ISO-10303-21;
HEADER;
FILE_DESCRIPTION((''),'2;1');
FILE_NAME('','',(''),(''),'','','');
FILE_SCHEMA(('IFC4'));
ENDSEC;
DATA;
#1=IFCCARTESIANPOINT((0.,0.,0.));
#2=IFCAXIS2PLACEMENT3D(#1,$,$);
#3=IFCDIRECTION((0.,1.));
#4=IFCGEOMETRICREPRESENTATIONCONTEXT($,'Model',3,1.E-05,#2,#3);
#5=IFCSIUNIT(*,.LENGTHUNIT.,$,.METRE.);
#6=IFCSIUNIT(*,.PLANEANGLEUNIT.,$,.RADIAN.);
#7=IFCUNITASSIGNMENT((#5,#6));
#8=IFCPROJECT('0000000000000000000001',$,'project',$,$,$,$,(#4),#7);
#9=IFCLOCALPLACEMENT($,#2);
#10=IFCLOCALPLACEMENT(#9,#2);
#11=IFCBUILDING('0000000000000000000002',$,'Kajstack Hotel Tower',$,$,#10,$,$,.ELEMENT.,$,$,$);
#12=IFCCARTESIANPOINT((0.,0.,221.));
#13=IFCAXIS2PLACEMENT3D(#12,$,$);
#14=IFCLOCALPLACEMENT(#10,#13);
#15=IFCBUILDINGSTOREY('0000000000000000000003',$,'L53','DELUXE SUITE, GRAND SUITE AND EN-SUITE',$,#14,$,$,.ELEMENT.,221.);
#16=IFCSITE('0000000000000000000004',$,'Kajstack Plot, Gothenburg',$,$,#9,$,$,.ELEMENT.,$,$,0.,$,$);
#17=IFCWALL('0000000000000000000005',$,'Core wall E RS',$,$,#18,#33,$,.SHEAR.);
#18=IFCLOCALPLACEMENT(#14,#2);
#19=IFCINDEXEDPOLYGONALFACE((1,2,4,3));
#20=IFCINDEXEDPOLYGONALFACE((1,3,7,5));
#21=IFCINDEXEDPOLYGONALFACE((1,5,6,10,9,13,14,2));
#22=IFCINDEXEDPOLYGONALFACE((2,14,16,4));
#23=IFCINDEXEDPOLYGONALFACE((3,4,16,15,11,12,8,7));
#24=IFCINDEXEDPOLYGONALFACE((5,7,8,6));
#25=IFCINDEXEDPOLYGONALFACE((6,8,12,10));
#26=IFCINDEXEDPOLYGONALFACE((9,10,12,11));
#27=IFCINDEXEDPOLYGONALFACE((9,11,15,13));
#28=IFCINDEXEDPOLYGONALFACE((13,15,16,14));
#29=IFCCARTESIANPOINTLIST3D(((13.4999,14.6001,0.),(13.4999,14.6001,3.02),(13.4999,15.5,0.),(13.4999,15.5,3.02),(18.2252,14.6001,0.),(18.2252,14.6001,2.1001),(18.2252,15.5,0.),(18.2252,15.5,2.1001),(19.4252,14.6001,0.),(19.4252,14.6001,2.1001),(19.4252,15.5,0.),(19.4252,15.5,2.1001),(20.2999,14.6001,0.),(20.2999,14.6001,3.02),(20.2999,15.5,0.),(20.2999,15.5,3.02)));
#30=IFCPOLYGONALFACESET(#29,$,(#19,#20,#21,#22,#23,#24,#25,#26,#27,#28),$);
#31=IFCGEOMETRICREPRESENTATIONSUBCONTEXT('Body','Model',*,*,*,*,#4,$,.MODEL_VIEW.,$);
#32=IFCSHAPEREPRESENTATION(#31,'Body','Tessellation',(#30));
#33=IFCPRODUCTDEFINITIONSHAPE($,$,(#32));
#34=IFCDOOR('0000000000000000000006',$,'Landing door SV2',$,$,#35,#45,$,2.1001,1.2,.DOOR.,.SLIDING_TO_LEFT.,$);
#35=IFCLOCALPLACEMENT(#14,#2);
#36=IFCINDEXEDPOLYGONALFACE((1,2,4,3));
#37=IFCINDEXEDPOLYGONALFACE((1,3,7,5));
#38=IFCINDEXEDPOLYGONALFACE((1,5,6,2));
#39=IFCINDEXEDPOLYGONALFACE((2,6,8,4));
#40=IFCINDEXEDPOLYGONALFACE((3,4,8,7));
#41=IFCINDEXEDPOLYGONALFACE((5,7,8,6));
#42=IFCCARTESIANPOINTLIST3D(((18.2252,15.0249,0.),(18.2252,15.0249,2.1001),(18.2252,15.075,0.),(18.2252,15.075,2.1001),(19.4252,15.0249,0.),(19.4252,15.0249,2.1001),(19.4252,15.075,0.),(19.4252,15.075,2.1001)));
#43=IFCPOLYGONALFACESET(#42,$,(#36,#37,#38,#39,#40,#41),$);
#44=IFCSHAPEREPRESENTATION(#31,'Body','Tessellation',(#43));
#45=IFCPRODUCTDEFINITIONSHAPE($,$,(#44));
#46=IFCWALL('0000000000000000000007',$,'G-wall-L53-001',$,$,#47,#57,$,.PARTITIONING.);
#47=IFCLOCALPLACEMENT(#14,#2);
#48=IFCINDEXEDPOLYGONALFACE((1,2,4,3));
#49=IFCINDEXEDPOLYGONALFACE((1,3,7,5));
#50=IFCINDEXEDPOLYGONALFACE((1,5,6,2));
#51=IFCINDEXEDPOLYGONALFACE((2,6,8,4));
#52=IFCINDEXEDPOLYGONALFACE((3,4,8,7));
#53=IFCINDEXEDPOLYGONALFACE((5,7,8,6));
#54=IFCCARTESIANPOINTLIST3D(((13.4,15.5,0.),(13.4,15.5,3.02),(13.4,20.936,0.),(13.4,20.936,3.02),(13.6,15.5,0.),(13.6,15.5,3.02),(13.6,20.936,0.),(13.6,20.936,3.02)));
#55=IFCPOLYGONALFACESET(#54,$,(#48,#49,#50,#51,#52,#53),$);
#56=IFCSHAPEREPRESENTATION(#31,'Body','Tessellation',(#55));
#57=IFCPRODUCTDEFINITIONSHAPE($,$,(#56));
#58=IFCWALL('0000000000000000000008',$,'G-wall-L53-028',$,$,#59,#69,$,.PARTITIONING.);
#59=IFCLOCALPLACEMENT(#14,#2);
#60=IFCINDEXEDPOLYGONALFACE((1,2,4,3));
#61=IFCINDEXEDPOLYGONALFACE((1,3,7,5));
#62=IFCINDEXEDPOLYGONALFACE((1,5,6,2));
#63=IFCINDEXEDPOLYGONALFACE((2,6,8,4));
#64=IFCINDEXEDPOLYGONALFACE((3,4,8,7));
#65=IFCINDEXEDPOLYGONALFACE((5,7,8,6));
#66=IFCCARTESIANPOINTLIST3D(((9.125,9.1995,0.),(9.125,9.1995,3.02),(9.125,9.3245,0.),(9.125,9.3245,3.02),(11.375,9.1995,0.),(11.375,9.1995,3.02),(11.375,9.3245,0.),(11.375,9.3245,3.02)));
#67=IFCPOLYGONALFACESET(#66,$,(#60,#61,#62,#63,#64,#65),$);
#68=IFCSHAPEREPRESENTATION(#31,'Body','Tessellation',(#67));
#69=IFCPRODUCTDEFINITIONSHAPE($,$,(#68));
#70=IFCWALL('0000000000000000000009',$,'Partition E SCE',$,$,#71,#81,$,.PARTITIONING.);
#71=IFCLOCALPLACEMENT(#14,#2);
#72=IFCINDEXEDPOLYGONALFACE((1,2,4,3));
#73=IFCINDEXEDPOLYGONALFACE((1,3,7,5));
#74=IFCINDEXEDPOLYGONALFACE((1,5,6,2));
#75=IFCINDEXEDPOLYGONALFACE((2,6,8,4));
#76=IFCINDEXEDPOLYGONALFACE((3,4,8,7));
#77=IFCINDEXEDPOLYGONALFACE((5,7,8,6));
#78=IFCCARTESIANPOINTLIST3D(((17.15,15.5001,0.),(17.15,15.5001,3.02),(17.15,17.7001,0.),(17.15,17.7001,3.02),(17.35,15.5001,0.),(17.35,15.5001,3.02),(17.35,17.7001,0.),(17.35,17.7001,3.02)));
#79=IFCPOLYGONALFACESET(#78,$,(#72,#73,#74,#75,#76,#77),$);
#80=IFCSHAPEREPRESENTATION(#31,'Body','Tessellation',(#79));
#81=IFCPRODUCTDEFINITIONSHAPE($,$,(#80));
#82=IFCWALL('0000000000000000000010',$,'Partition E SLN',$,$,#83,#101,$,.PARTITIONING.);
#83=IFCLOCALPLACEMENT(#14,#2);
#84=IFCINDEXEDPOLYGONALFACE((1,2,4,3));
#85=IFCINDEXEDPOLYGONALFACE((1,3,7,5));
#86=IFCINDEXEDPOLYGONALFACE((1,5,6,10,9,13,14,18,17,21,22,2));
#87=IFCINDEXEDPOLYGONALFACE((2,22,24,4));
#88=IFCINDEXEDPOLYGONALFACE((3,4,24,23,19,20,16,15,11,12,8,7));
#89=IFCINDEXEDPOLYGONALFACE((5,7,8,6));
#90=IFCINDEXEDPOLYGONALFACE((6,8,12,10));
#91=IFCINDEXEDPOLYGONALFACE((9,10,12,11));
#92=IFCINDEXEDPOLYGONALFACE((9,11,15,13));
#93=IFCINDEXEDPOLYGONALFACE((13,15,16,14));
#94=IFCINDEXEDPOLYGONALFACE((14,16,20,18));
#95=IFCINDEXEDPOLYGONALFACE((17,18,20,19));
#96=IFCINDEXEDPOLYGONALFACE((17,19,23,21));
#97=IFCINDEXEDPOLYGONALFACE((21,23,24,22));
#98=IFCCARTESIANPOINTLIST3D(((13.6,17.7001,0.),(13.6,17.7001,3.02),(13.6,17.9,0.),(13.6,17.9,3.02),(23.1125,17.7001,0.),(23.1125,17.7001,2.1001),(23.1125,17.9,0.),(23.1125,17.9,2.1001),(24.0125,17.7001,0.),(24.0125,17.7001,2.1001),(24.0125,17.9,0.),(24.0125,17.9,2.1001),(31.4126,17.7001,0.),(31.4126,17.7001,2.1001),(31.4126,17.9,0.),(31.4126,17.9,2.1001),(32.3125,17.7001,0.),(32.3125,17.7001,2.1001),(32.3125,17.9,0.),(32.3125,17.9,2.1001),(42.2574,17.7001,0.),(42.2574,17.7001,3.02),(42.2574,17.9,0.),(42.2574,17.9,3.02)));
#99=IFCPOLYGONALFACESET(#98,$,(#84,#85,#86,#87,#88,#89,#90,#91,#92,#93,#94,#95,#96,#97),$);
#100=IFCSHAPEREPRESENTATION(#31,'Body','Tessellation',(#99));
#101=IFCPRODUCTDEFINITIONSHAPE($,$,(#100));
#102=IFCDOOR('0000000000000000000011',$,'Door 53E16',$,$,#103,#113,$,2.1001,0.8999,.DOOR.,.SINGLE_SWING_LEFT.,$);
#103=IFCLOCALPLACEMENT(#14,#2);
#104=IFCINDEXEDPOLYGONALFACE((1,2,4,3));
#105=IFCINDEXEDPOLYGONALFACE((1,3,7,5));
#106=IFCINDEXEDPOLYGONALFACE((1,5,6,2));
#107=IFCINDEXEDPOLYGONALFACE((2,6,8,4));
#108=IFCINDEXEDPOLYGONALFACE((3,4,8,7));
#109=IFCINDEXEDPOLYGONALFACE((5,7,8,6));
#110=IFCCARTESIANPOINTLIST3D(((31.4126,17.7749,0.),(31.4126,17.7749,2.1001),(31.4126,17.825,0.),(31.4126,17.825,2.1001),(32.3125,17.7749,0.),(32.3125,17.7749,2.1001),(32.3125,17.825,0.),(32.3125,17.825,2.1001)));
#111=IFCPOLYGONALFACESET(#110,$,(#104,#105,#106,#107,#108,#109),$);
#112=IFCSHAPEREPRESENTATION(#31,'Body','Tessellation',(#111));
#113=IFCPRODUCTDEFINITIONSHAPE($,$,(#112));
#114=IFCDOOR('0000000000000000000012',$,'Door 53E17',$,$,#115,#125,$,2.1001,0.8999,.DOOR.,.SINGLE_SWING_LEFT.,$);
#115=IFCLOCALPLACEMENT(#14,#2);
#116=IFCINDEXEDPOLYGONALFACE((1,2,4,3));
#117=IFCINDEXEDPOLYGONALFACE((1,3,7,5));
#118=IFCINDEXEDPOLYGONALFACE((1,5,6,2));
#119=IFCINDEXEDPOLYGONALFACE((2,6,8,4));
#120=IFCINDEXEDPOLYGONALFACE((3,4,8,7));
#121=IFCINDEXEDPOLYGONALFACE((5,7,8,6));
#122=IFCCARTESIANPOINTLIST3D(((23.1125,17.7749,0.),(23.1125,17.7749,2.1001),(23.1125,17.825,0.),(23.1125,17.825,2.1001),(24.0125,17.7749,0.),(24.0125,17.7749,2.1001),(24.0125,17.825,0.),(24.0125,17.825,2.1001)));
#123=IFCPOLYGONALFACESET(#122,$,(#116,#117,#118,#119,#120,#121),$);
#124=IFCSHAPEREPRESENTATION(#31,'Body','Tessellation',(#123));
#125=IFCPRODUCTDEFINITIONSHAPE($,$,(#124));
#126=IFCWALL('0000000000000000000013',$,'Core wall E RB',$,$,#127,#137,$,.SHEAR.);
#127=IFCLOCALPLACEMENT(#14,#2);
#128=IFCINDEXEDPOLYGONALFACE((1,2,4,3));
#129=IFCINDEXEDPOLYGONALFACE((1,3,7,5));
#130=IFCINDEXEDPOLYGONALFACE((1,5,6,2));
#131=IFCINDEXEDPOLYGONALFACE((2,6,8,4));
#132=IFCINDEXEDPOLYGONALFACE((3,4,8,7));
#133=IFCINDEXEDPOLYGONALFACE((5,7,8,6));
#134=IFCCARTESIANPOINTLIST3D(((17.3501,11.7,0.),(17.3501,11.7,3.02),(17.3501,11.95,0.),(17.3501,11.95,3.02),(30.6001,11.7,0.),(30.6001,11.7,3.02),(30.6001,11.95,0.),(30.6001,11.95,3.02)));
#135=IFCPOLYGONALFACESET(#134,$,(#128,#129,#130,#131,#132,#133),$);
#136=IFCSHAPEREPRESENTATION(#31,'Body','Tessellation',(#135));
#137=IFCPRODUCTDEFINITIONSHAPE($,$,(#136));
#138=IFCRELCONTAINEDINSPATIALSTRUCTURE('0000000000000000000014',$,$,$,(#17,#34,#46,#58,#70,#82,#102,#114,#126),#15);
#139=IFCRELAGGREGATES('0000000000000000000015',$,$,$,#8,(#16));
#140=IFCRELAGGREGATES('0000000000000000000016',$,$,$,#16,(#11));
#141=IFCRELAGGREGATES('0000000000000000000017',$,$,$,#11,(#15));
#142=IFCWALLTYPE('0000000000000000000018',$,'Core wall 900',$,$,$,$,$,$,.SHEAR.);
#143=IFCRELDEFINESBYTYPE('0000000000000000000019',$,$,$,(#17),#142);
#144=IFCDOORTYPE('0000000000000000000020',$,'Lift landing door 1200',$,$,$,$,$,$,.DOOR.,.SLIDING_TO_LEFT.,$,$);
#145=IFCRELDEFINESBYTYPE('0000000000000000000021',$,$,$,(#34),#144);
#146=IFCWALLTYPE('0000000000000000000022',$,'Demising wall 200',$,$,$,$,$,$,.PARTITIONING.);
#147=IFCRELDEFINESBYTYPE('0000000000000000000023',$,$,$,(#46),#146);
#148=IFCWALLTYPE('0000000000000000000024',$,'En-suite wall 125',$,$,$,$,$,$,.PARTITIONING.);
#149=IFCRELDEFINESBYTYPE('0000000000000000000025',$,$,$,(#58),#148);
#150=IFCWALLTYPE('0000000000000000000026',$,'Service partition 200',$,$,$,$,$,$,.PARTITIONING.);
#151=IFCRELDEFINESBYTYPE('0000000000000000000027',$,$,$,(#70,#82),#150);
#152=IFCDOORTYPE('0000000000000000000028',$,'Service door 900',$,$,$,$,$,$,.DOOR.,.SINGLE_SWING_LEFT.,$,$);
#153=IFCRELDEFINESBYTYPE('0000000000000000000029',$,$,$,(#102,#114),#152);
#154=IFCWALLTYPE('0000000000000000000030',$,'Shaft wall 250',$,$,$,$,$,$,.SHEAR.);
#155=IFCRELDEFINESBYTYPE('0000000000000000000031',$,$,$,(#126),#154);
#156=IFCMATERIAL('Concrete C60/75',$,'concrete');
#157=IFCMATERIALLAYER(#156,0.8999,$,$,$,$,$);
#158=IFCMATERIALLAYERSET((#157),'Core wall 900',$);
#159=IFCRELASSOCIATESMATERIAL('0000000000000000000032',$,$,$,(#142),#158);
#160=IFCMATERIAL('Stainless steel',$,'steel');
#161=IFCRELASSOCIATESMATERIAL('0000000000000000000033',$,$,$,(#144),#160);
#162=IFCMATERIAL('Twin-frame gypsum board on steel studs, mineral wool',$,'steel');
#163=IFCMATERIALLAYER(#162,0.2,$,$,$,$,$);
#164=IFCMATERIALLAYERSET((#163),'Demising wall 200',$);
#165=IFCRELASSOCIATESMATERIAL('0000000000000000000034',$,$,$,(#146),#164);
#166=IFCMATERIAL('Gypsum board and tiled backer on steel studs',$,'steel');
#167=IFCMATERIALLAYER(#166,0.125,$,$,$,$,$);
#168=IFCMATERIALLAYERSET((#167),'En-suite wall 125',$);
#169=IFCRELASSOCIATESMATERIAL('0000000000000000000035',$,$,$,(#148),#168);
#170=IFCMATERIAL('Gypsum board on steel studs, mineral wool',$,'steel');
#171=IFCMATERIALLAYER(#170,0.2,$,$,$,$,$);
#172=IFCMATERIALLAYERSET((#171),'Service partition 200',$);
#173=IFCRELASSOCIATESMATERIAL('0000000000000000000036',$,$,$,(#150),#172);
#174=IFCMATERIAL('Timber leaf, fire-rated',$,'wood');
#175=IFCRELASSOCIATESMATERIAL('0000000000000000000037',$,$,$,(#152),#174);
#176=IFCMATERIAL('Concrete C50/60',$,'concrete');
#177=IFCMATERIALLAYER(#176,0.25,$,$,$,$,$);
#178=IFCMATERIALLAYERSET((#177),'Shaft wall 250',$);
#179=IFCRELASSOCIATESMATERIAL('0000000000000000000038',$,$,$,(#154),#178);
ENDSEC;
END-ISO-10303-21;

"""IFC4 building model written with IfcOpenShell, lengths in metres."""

from ifc_helpers import new_model, si_unit, direction, frame, frame_2d, origin, place, context, subcontext, project, spatial, rectangle, extrude, material, layer, layer_set, type_object, element, fill, save


model = new_model("IFC4")

# Units and contexts
model_context = context("Model", 3, precision=1e-05, world=origin(), true_north=direction((0.0, 1.0)))
body_context = subcontext(model_context, "Body", "Model", "MODEL_VIEW")
ifc_project = project(units=[si_unit("LENGTHUNIT", "METRE"), si_unit("PLANEANGLEUNIT", "RADIAN")], contexts=[model_context])

# Site, building, storey
site_placement = place(None, origin())
site = spatial("IfcSite", under=ifc_project, at=site_placement, Name="Kajstack Plot, Gothenburg", CompositionType="ELEMENT", RefElevation=0.0)
building_placement = place(site_placement, origin())
building = spatial("IfcBuilding", under=site, at=building_placement, Name="Kajstack Hotel Tower", CompositionType="ELEMENT")
storey_placement = place(building_placement, frame((0.0, 0.0, 221.0)))
storey = spatial("IfcBuildingStorey", under=building, at=storey_placement, Name="L53", Description="DELUXE SUITE, GRAND SUITE AND EN-SUITE", CompositionType="ELEMENT", Elevation=221.0)

# Wall, opening, door
ifc_material_1 = material(Name="Concrete C60/75", Category="concrete")
ifc_layer_1 = layer(ifc_material_1, 0.8999)
ifc_layer_set_1 = layer_set([ifc_layer_1], Name="Core wall 900")
wall_type_1 = type_object("IfcWallType", Name="Core wall 900", PredefinedType="SHEAR", material=ifc_layer_set_1)
wall_1_placement = place(storey_placement, frame((13.5, 15.05, 0.0), z_axis=(0.0, 0.0, 1.0), x_axis=(1.0, 0.0, 0.0)))
wall_1 = element("IfcWall", 1, at=wall_1_placement, inside=storey, type_object=wall_type_1, Name="Core wall E RS", PredefinedType="SHEAR", context=body_context, shape_type="SweptSolid", body=[
    extrude(rectangle(XDim=6.8, YDim=0.8999, at=frame_2d((3.3999, 0.0))), origin(), (0.0, 0.0, 1.0), 3.02),
])
opening_1_placement = place(wall_1_placement, frame((4.7251, 0.0, 0.0)))
opening_1 = element("IfcOpeningElement", 2, at=opening_1_placement, cuts=wall_1, PredefinedType="OPENING", context=body_context, shape_type="SweptSolid", body=[
    extrude(rectangle(XDim=1.2, YDim=2.1001, at=frame_2d((0.6001, 1.05))), frame((0.0, 0.46, 0.0), z_axis=(0.0, -1.0, 0.0), x_axis=(1.0, 0.0, 0.0)), (0.0, 0.0, 1.0), 0.9199),
])
ifc_material_2 = material(Name="Stainless steel", Category="steel")
door_type_1 = type_object("IfcDoorType", Name="Lift landing door 1200", OperationType="SLIDING_TO_LEFT", PredefinedType="DOOR", material=ifc_material_2)
door_1_placement = place(opening_1_placement, origin())
door_1 = element("IfcDoor", 3, at=door_1_placement, inside=storey, type_object=door_type_1, Name="Landing door SV2", OperationType="SLIDING_TO_LEFT", OverallHeight=2.1001, OverallWidth=1.2, PredefinedType="DOOR", context=body_context, shape_type="SweptSolid", body=[
    extrude(rectangle(XDim=1.2, YDim=2.1001, at=frame_2d((0.6001, 1.05))), frame((0.0, 0.0249, 0.0), z_axis=(0.0, -1.0, 0.0), x_axis=(1.0, 0.0, 0.0)), (0.0, 0.0, 1.0), 0.05),
])
fill(opening_1, door_1)

# Wall
ifc_material_3 = material(Name="Twin-frame gypsum board on steel studs, mineral wool", Category="steel")
ifc_layer_2 = layer(ifc_material_3, 0.2)
ifc_layer_set_2 = layer_set([ifc_layer_2], Name="Demising wall 200")
wall_type_2 = type_object("IfcWallType", Name="Demising wall 200", PredefinedType="PARTITIONING", material=ifc_layer_set_2)
wall_2_placement = place(storey_placement, frame((13.5, 15.5, 0.0), z_axis=(0.0, 0.0, 1.0), x_axis=(0.0, 1.0, 0.0)))
element("IfcWall", 4, at=wall_2_placement, inside=storey, type_object=wall_type_2, Name="G-wall-L53-001", PredefinedType="PARTITIONING", context=body_context, shape_type="SweptSolid", body=[
    extrude(rectangle(XDim=5.436, YDim=0.2, at=frame_2d((2.718, 0.0))), origin(), (0.0, 0.0, 1.0), 3.02),
])

# Walls
ifc_material_4 = material(Name="Gypsum board and tiled backer on steel studs", Category="steel")
ifc_layer_3 = layer(ifc_material_4, 0.125)
ifc_layer_set_3 = layer_set([ifc_layer_3], Name="En-suite wall 125")
wall_type_3 = type_object("IfcWallType", Name="En-suite wall 125", PredefinedType="PARTITIONING", material=ifc_layer_set_3)
wall_3_placement = place(storey_placement, frame((9.125, 9.262, 0.0), z_axis=(0.0, 0.0, 1.0), x_axis=(1.0, 0.0, 0.0)))
element("IfcWall", 5, at=wall_3_placement, inside=storey, type_object=wall_type_3, Name="G-wall-L53-028", PredefinedType="PARTITIONING", context=body_context, shape_type="SweptSolid", body=[
    extrude(rectangle(XDim=2.25, YDim=0.125, at=frame_2d((1.125, 0.0))), origin(), (0.0, 0.0, 1.0), 3.02),
])
ifc_material_5 = material(Name="Gypsum board on steel studs, mineral wool", Category="steel")
ifc_layer_4 = layer(ifc_material_5, 0.2)
ifc_layer_set_4 = layer_set([ifc_layer_4], Name="Service partition 200")
wall_type_4 = type_object("IfcWallType", Name="Service partition 200", PredefinedType="PARTITIONING", material=ifc_layer_set_4)
wall_4_placement = place(storey_placement, frame((17.25, 15.5, 0.0), z_axis=(0.0, 0.0, 1.0), x_axis=(0.0, 1.0, 0.0)))
element("IfcWall", 6, at=wall_4_placement, inside=storey, type_object=wall_type_4, Name="Partition E SCE", PredefinedType="PARTITIONING", context=body_context, shape_type="SweptSolid", body=[
    extrude(rectangle(XDim=2.2, YDim=0.2, at=frame_2d((1.1001, 0.0))), origin(), (0.0, 0.0, 1.0), 3.02),
])

# Wall, openings, doors
wall_5_placement = place(storey_placement, frame((13.6001, 17.8, 0.0), z_axis=(0.0, 0.0, 1.0), x_axis=(1.0, 0.0, 0.0)))
wall_5 = element("IfcWall", 7, at=wall_5_placement, inside=storey, type_object=wall_type_4, Name="Partition E SLN", PredefinedType="PARTITIONING", context=body_context, shape_type="SweptSolid", body=[
    extrude(rectangle(XDim=28.6575, YDim=0.2, at=frame_2d((14.3286, 0.0))), origin(), (0.0, 0.0, 1.0), 3.02),
])
opening_2_placement = place(wall_5_placement, frame((17.8125, 0.0, 0.0)))
opening_2 = element("IfcOpeningElement", 8, at=opening_2_placement, cuts=wall_5, PredefinedType="OPENING", context=body_context, shape_type="SweptSolid", body=[
    extrude(rectangle(XDim=0.8999, YDim=2.1001, at=frame_2d((0.45, 1.05))), frame((0.0, 0.1099, 0.0), z_axis=(0.0, -1.0, 0.0), x_axis=(1.0, 0.0, 0.0)), (0.0, 0.0, 1.0), 0.22),
])
opening_3_placement = place(wall_5_placement, frame((9.5125, 0.0, 0.0)))
opening_3 = element("IfcOpeningElement", 9, at=opening_3_placement, cuts=wall_5, PredefinedType="OPENING", context=body_context, shape_type="SweptSolid", body=[
    extrude(rectangle(XDim=0.8999, YDim=2.1001, at=frame_2d((0.45, 1.05))), frame((0.0, 0.1099, 0.0), z_axis=(0.0, -1.0, 0.0), x_axis=(1.0, 0.0, 0.0)), (0.0, 0.0, 1.0), 0.22),
])
ifc_material_6 = material(Name="Timber leaf, fire-rated", Category="wood")
door_type_2 = type_object("IfcDoorType", Name="Service door 900", OperationType="SINGLE_SWING_LEFT", PredefinedType="DOOR", material=ifc_material_6)
door_2_placement = place(opening_2_placement, origin())
door_2 = element("IfcDoor", 10, at=door_2_placement, inside=storey, type_object=door_type_2, Name="Door 53E16", OperationType="SINGLE_SWING_LEFT", OverallHeight=2.1001, OverallWidth=0.8999, PredefinedType="DOOR", context=body_context, shape_type="SweptSolid", body=[
    extrude(rectangle(XDim=0.8999, YDim=2.1001, at=frame_2d((0.45, 1.05))), frame((0.0, 0.0249, 0.0), z_axis=(0.0, -1.0, 0.0), x_axis=(1.0, 0.0, 0.0)), (0.0, 0.0, 1.0), 0.05),
])
fill(opening_2, door_2)
door_3_placement = place(opening_3_placement, origin())
door_3 = element("IfcDoor", 11, at=door_3_placement, inside=storey, type_object=door_type_2, Name="Door 53E17", OperationType="SINGLE_SWING_LEFT", OverallHeight=2.1001, OverallWidth=0.8999, PredefinedType="DOOR", context=body_context, shape_type="SweptSolid", body=[
    extrude(rectangle(XDim=0.8999, YDim=2.1001, at=frame_2d((0.45, 1.05))), frame((0.0, 0.0249, 0.0), z_axis=(0.0, -1.0, 0.0), x_axis=(1.0, 0.0, 0.0)), (0.0, 0.0, 1.0), 0.05),
])
fill(opening_3, door_3)

# Wall
ifc_material_7 = material(Name="Concrete C50/60", Category="concrete")
ifc_layer_5 = layer(ifc_material_7, 0.25)
ifc_layer_set_5 = layer_set([ifc_layer_5], Name="Shaft wall 250")
wall_type_5 = type_object("IfcWallType", Name="Shaft wall 250", PredefinedType="SHEAR", material=ifc_layer_set_5)
wall_6_placement = place(storey_placement, frame((17.3501, 11.825, 0.0), z_axis=(0.0, 0.0, 1.0), x_axis=(1.0, 0.0, 0.0)))
element("IfcWall", 12, at=wall_6_placement, inside=storey, type_object=wall_type_5, Name="Core wall E RB", PredefinedType="SHEAR", context=body_context, shape_type="SweptSolid", body=[
    extrude(rectangle(XDim=13.25, YDim=0.25, at=frame_2d((6.625, 0.0))), origin(), (0.0, 0.0, 1.0), 3.02),
])

save(model, "model.ifc")
